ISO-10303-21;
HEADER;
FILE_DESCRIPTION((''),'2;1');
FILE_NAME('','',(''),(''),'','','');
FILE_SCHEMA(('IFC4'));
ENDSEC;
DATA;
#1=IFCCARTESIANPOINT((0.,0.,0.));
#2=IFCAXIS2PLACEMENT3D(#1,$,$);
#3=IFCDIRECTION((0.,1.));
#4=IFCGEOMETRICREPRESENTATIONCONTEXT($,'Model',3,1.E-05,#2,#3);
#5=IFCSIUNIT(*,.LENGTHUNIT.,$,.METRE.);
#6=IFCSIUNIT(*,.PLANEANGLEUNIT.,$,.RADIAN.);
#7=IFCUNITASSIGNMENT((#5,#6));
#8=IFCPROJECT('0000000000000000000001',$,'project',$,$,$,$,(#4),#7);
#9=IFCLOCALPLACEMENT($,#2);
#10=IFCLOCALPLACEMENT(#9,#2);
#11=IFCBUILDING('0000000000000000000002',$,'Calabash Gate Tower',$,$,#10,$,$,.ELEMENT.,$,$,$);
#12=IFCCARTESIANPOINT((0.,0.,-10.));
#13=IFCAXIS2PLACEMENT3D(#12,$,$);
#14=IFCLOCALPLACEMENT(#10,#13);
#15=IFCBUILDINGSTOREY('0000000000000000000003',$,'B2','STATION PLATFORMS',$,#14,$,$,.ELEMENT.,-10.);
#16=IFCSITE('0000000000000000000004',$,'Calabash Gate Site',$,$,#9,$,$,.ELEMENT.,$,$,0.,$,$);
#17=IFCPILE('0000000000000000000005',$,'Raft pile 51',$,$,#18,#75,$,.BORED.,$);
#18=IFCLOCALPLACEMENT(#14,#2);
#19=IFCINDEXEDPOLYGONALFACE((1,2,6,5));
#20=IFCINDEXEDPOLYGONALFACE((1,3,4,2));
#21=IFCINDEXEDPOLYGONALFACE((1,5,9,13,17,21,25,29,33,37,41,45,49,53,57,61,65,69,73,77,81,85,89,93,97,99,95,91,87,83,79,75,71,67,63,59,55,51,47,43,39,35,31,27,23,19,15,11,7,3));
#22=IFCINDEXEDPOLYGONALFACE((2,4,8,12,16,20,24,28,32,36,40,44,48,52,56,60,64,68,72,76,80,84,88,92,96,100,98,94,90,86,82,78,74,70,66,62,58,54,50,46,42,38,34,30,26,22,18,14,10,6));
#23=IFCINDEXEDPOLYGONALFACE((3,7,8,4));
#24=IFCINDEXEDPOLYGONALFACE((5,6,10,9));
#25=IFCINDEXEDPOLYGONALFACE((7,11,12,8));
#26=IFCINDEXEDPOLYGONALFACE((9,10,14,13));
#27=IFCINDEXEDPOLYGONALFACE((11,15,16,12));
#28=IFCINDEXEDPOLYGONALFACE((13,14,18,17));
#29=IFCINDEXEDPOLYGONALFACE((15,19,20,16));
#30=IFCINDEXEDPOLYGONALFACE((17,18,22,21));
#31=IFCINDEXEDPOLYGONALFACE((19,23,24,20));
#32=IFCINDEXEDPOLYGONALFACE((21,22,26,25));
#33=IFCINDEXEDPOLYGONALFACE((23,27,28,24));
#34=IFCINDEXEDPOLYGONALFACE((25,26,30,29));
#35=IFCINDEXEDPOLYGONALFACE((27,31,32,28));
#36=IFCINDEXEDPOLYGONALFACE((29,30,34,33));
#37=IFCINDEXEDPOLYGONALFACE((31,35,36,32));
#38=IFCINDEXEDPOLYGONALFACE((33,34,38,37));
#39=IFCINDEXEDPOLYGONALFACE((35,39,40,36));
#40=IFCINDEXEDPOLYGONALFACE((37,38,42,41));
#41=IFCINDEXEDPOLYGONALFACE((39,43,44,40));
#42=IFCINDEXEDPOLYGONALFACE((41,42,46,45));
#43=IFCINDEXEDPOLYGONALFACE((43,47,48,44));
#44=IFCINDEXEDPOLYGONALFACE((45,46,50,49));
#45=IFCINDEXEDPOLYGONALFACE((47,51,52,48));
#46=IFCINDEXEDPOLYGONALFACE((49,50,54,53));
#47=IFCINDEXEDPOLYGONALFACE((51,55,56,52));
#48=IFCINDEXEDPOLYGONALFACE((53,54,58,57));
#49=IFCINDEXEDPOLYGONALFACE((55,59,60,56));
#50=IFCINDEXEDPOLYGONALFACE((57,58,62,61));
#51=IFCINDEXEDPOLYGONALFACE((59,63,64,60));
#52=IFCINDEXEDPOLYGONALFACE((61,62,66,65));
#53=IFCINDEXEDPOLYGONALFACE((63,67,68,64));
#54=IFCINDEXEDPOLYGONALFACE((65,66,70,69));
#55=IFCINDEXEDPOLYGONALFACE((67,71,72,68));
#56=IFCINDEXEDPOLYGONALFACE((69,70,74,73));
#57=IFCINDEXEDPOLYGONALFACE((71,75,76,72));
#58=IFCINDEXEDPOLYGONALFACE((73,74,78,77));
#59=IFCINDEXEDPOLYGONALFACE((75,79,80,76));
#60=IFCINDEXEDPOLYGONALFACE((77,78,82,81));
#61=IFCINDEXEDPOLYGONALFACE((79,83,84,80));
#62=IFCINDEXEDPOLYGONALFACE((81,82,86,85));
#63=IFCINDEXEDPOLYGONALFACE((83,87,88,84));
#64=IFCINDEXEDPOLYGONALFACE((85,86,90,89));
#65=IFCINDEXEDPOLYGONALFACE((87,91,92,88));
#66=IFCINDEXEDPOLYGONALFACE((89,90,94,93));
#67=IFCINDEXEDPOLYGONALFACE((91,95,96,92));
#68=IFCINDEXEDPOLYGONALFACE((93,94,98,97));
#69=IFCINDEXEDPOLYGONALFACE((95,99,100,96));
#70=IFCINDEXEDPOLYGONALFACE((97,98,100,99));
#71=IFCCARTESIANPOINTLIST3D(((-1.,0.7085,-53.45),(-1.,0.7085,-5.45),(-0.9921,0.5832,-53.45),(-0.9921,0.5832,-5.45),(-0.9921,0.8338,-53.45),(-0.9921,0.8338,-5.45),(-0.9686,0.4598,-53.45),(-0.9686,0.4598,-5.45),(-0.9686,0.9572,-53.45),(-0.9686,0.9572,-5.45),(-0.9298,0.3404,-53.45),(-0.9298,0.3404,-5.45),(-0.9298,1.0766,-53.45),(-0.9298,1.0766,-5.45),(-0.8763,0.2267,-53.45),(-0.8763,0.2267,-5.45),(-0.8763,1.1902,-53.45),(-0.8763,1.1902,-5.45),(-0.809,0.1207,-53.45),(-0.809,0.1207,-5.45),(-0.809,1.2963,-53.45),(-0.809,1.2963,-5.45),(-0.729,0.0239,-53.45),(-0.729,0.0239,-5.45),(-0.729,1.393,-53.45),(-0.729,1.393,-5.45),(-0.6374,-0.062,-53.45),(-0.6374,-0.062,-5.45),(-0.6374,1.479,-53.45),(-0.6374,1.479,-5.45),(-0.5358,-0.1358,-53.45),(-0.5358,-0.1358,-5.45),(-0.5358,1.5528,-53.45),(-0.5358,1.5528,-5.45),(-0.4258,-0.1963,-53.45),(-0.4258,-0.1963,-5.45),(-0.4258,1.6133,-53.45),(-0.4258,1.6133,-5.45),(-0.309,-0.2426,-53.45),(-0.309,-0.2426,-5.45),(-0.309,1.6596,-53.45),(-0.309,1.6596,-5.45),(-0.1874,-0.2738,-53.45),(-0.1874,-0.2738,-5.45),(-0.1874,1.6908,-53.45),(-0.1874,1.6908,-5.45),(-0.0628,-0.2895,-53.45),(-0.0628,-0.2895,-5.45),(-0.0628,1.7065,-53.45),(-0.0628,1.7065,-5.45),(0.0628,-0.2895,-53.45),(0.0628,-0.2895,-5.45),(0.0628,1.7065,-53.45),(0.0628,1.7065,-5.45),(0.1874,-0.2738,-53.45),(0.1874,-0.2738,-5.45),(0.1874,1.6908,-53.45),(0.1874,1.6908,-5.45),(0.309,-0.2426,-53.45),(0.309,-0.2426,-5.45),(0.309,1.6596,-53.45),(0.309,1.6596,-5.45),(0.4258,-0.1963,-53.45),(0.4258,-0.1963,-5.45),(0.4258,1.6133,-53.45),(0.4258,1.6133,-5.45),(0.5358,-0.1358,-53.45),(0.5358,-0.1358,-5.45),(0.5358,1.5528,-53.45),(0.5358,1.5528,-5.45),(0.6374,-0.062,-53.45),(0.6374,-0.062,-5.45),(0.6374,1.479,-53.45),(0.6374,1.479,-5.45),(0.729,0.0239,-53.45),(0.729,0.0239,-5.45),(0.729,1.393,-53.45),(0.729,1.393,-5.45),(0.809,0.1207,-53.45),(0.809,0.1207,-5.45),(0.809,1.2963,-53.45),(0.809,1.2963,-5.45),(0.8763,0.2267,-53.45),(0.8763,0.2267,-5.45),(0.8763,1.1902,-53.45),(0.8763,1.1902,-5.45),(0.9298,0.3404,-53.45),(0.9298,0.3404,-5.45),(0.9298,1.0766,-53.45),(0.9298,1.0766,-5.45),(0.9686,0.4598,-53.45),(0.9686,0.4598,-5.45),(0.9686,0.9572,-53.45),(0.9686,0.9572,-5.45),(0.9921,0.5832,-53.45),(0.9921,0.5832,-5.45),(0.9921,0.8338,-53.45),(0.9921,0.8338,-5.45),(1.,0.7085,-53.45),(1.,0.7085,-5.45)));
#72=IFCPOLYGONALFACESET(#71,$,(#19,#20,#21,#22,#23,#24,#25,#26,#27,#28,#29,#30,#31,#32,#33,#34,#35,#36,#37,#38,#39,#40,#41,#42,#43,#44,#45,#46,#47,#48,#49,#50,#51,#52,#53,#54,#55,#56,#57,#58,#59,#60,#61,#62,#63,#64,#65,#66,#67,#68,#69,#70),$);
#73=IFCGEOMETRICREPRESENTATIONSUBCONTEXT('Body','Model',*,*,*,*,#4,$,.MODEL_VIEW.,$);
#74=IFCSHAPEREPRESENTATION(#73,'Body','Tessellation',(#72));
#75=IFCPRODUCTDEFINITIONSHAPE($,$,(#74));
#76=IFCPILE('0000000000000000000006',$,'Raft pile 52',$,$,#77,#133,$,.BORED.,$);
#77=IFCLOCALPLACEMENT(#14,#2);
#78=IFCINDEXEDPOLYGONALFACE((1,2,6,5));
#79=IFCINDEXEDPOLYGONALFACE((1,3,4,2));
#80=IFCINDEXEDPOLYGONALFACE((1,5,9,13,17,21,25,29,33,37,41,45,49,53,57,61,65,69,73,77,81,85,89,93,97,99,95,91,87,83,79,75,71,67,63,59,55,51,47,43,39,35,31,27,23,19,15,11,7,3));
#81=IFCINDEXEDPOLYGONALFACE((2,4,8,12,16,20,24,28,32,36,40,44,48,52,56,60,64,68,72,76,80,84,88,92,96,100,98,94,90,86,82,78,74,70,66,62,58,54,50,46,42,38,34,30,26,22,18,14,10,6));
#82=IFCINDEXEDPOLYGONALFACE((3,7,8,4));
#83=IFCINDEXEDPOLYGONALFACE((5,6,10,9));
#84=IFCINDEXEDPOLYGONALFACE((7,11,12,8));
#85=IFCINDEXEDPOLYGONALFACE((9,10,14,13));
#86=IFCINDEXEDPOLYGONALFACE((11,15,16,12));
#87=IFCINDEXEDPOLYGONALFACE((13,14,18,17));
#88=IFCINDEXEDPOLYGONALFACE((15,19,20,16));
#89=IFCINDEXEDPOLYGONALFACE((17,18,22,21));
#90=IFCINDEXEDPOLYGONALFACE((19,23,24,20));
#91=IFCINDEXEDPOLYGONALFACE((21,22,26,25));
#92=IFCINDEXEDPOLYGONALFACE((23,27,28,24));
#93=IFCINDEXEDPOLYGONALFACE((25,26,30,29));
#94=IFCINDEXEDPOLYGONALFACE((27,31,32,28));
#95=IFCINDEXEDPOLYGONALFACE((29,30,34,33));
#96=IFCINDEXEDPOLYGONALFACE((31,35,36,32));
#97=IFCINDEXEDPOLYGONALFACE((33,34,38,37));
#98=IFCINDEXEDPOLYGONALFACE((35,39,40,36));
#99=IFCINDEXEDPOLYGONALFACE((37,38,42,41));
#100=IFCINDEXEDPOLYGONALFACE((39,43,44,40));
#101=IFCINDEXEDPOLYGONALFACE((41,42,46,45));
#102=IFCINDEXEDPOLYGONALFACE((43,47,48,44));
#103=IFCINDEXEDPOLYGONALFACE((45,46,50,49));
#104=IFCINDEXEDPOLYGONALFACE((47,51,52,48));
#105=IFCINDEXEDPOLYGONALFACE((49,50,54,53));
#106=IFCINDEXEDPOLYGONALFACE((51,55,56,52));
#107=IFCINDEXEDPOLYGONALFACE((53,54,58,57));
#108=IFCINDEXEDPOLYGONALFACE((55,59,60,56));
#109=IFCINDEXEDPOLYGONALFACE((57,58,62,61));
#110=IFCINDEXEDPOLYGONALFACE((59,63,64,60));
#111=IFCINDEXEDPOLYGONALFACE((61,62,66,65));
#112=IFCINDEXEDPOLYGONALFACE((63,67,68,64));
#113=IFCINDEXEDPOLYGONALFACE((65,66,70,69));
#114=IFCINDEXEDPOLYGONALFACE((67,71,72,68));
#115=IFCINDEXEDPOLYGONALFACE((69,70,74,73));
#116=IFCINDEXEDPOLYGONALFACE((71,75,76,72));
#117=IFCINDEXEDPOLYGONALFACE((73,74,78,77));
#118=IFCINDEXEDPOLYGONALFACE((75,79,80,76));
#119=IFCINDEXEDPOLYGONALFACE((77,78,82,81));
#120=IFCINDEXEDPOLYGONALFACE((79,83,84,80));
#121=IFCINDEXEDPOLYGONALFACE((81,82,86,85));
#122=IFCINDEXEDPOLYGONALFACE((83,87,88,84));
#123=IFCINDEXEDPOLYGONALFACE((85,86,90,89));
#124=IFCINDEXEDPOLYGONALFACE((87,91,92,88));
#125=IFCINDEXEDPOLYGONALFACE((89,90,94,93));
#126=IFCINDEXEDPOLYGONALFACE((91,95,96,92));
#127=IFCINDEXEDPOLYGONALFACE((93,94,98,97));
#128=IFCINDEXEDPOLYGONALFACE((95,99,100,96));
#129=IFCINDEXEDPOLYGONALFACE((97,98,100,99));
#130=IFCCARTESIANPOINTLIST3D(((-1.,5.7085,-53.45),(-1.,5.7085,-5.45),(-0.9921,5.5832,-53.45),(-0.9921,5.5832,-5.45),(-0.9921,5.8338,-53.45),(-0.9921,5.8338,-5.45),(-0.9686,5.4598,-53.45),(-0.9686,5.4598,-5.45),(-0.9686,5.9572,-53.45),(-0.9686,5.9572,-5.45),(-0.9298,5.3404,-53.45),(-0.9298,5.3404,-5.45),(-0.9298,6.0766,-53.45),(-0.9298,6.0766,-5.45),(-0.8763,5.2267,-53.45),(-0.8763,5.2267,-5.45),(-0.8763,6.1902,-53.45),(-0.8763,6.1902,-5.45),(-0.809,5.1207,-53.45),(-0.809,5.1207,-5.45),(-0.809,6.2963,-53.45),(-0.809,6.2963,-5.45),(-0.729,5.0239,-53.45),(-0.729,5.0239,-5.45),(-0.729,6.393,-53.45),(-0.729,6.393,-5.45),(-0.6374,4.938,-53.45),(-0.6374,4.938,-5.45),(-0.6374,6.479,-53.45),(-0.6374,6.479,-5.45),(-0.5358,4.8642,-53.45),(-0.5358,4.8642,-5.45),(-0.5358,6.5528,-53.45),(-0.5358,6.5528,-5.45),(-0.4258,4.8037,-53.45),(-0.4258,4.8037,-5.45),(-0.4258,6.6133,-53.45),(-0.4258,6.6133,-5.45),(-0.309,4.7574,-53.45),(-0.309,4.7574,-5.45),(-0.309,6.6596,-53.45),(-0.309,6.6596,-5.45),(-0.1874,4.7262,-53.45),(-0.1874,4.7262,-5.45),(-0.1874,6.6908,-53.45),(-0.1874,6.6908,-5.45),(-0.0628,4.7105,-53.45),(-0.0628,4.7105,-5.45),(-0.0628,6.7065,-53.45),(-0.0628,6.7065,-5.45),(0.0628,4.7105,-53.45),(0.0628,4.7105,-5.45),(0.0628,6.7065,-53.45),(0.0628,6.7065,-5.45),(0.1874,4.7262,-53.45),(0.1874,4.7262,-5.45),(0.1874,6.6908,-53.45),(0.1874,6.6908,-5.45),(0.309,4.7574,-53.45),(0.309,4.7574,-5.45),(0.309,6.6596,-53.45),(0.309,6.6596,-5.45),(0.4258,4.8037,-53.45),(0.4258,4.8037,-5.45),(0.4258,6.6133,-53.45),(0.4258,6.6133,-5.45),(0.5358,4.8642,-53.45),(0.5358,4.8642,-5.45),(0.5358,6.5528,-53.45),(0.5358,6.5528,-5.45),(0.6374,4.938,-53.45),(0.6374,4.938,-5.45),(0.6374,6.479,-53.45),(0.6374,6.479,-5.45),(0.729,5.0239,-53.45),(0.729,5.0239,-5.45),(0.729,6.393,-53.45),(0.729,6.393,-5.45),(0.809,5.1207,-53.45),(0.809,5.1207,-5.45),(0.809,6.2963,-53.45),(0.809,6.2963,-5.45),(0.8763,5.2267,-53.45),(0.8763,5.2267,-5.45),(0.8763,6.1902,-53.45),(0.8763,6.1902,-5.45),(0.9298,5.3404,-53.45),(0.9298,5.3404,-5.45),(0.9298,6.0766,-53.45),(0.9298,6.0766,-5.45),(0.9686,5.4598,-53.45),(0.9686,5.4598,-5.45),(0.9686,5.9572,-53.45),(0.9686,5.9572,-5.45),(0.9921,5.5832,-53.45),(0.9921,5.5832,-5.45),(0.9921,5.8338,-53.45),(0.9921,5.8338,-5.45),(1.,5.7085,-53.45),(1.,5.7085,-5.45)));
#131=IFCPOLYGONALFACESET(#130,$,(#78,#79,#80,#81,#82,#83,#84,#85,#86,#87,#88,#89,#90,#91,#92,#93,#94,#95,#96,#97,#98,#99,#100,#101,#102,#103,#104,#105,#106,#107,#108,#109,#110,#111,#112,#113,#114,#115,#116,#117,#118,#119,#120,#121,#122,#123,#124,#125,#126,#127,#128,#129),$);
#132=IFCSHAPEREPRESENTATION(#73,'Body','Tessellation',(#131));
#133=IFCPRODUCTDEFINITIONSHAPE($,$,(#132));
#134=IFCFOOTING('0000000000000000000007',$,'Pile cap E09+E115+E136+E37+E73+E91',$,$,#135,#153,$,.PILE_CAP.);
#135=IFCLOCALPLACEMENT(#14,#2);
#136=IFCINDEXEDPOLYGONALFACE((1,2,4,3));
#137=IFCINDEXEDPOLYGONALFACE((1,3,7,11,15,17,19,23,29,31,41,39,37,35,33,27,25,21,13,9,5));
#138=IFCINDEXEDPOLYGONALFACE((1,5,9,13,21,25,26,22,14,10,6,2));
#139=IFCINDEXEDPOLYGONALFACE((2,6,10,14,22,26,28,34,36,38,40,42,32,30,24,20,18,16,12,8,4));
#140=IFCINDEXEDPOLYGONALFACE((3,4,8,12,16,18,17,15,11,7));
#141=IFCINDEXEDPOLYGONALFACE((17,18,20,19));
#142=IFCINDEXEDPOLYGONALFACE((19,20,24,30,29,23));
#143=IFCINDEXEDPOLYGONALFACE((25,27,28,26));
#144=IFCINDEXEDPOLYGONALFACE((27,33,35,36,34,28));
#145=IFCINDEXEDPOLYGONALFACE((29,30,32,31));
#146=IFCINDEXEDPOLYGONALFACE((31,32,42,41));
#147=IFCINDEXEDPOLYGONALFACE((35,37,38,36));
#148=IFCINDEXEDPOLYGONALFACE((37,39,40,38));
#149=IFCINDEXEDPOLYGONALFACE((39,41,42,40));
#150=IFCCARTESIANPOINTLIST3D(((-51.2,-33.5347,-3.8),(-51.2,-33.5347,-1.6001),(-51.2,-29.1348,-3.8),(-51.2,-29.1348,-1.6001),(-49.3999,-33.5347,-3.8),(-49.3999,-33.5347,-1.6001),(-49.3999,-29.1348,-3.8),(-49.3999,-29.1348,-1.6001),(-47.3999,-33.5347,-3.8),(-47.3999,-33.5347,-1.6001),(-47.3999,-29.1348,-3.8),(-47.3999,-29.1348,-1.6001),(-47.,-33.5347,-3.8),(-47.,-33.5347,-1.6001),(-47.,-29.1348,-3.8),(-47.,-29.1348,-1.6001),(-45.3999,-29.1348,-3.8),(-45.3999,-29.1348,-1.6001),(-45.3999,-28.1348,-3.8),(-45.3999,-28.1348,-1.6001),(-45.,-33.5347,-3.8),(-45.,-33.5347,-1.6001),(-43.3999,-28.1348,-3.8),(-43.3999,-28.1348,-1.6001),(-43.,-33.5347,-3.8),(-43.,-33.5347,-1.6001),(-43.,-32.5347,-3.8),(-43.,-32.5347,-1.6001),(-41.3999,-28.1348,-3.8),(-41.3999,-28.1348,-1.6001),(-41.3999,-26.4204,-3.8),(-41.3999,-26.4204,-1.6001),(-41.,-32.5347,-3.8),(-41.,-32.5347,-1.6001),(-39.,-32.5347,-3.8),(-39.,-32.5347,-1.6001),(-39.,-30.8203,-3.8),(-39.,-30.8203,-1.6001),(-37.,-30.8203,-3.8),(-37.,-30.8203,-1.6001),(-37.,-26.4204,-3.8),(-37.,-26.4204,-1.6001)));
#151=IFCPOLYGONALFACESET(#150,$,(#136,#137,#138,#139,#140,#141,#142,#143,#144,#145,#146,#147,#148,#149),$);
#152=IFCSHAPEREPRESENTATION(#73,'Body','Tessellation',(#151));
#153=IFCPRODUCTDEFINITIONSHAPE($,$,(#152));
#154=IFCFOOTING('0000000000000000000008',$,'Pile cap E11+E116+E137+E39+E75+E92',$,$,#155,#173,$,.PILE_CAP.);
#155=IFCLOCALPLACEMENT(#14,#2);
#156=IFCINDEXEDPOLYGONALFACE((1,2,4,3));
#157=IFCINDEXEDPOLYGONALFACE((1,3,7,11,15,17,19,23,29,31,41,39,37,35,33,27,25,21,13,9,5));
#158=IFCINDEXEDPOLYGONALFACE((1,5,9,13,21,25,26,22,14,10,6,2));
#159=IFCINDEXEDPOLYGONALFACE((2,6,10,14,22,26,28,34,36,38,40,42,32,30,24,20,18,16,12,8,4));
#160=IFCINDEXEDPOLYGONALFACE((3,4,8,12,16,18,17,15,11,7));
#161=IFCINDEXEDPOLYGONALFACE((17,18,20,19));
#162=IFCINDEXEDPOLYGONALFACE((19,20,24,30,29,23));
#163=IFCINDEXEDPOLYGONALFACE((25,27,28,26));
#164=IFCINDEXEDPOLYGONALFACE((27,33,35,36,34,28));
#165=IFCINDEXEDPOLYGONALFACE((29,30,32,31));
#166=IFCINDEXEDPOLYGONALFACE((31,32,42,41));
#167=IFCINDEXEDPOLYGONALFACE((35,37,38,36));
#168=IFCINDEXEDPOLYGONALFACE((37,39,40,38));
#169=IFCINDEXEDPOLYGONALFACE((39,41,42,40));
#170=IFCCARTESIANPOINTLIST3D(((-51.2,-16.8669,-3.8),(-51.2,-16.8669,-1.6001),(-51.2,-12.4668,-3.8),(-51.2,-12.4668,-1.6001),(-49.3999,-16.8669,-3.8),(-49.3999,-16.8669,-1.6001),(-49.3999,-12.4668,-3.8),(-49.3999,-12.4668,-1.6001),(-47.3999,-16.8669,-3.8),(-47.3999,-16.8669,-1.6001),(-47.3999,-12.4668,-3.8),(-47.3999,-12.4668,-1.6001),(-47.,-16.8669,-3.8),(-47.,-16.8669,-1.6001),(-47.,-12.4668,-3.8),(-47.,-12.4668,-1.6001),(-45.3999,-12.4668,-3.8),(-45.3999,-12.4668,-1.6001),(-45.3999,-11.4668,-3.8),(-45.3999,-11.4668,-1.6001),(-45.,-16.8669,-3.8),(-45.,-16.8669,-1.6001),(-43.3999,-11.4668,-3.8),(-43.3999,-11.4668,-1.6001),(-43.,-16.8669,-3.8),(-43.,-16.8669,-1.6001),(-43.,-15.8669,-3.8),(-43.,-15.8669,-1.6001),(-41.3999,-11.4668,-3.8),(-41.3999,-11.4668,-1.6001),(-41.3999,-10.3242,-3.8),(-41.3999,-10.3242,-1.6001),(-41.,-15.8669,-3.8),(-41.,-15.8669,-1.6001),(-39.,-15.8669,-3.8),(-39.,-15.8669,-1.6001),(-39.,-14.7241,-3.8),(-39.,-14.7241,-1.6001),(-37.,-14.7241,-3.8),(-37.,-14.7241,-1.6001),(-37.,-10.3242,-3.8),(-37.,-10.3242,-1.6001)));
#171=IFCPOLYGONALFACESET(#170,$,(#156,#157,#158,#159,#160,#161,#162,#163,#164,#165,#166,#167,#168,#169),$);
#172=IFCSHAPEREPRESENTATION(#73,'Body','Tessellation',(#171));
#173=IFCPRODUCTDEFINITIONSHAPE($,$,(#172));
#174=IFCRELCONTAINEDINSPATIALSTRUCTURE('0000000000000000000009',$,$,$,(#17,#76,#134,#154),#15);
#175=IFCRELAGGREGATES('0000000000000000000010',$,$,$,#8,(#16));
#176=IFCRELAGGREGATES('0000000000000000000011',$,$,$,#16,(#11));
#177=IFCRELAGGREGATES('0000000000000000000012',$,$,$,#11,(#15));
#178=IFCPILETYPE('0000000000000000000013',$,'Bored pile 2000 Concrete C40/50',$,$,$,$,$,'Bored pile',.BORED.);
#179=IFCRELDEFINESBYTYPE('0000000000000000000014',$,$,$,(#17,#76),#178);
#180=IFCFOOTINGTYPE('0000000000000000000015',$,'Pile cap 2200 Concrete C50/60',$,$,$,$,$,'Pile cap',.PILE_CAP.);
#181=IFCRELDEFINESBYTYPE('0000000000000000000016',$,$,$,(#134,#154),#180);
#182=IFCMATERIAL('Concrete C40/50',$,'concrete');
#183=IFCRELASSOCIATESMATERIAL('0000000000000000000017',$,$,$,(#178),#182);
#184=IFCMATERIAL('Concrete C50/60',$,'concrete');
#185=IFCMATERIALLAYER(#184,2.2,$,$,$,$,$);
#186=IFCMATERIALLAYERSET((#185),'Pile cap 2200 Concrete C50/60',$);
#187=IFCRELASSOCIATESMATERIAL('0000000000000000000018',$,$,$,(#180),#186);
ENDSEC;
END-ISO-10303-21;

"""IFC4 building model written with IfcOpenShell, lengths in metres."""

from ifc_helpers import new_model, si_unit, direction, frame, origin, origin_2d, place, context, subcontext, project, spatial, polyline, circle, outline, extrude, material, layer, layer_set, material_profile, profile_set, type_object, element, save


model = new_model("IFC4")

# Units and contexts
model_context = context("Model", 3, precision=1e-05, world=origin(), true_north=direction((0.0, 1.0)))
body_context = subcontext(model_context, "Body", "Model", "MODEL_VIEW")
ifc_project = project(units=[si_unit("LENGTHUNIT", "METRE"), si_unit("PLANEANGLEUNIT", "RADIAN")], contexts=[model_context])

# Site, building, storey
site_placement = place(None, origin())
site = spatial("IfcSite", under=ifc_project, at=site_placement, Name="Calabash Gate Site", CompositionType="ELEMENT", RefElevation=0.0)
building_placement = place(site_placement, origin())
building = spatial("IfcBuilding", under=site, at=building_placement, Name="Calabash Gate Tower", CompositionType="ELEMENT")
storey_placement = place(building_placement, frame((0.0, 0.0, -10.0)))
storey = spatial("IfcBuildingStorey", under=building, at=storey_placement, Name="B2", Description="STATION PLATFORMS", CompositionType="ELEMENT", Elevation=-10.0)

# Piles
ifc_material_1 = material(Name="Concrete C40/50", Category="concrete")
ifc_material_profile = material_profile(ifc_material_1, circle(Radius=1.0, at=origin_2d()))
ifc_profile_set = profile_set([ifc_material_profile], Name="Concrete C40/50")
pile_type = type_object("IfcPileType", Name="Bored pile 2000 Concrete C40/50", ElementType="Bored pile", PredefinedType="BORED", material=ifc_profile_set)
for number, where, z_axis, x_axis, name in (
    (1, (0.0, 0.7085, -5.45), (0.0, 0.0, -1.0), (1.0, 0.0, 0.0), "Raft pile 51"),
    (2, (0.0, 5.7085, -5.45), (0.0, 0.0, -1.0), (1.0, 0.0, 0.0), "Raft pile 52"),
):
    element("IfcPile", number, at=place(storey_placement, frame(where, z_axis=z_axis, x_axis=x_axis)), inside=storey, type_object=pile_type, Name=name, PredefinedType="BORED", context=body_context, shape_type="SweptSolid", body=[
        extrude(circle(Radius=1.0, at=origin_2d()), origin(), (0.0, 0.0, 1.0), 48.0),
    ])

# Footings
ifc_material_2 = material(Name="Concrete C50/60", Category="concrete")
ifc_layer_1 = layer(ifc_material_2, 2.2)
ifc_layer_set_1 = layer_set([ifc_layer_1], Name="Pile cap 2200 Concrete C50/60")
footing_type_1 = type_object("IfcFootingType", Name="Pile cap 2200 Concrete C50/60", ElementType="Pile cap", PredefinedType="PILE_CAP", material=ifc_layer_set_1)
footing_1_placement = place(storey_placement, frame((0.0, 0.0, -3.8)))
element("IfcFooting", 3, at=footing_1_placement, inside=storey, type_object=footing_type_1, Name="Pile cap E09+E115+E136+E37+E73+E91", PredefinedType="PILE_CAP", context=body_context, shape_type="SweptSolid", body=[
    extrude(outline(polyline([(-45.3999, -29.1348), (-45.3999, -28.1348), (-43.3999, -28.1348), (-41.3999, -28.1348), (-41.3999, -26.4204), (-37.0, -26.4204), (-37.0, -30.8203), (-39.0, -30.8203), (-39.0, -32.5347), (-41.0, -32.5347), (-43.0, -32.5347), (-43.0, -33.5347), (-45.0, -33.5347), (-47.0, -33.5347), (-47.3999, -33.5347), (-49.3999, -33.5347), (-51.2, -33.5347), (-51.2, -29.1348), (-49.3999, -29.1348), (-47.3999, -29.1348), (-47.0, -29.1348), (-45.3999, -29.1348)])), origin(), (0.0, 0.0, 1.0), 2.2),
])
footing_2_placement = place(storey_placement, frame((0.0, 0.0, -3.8)))
element("IfcFooting", 4, at=footing_2_placement, inside=storey, type_object=footing_type_1, Name="Pile cap E11+E116+E137+E39+E75+E92", PredefinedType="PILE_CAP", context=body_context, shape_type="SweptSolid", body=[
    extrude(outline(polyline([(-45.3999, -11.4668), (-43.3999, -11.4668), (-41.3999, -11.4668), (-41.3999, -10.3242), (-37.0, -10.3242), (-37.0, -14.7241), (-39.0, -14.7241), (-39.0, -15.8669), (-41.0, -15.8669), (-43.0, -15.8669), (-43.0, -16.8669), (-45.0, -16.8669), (-47.0, -16.8669), (-47.3999, -16.8669), (-49.3999, -16.8669), (-51.2, -16.8669), (-51.2, -12.4668), (-49.3999, -12.4668), (-47.3999, -12.4668), (-47.0, -12.4668), (-45.3999, -12.4668), (-45.3999, -11.4668)])), origin(), (0.0, 0.0, 1.0), 2.2),
])

save(model, "model.ifc")
